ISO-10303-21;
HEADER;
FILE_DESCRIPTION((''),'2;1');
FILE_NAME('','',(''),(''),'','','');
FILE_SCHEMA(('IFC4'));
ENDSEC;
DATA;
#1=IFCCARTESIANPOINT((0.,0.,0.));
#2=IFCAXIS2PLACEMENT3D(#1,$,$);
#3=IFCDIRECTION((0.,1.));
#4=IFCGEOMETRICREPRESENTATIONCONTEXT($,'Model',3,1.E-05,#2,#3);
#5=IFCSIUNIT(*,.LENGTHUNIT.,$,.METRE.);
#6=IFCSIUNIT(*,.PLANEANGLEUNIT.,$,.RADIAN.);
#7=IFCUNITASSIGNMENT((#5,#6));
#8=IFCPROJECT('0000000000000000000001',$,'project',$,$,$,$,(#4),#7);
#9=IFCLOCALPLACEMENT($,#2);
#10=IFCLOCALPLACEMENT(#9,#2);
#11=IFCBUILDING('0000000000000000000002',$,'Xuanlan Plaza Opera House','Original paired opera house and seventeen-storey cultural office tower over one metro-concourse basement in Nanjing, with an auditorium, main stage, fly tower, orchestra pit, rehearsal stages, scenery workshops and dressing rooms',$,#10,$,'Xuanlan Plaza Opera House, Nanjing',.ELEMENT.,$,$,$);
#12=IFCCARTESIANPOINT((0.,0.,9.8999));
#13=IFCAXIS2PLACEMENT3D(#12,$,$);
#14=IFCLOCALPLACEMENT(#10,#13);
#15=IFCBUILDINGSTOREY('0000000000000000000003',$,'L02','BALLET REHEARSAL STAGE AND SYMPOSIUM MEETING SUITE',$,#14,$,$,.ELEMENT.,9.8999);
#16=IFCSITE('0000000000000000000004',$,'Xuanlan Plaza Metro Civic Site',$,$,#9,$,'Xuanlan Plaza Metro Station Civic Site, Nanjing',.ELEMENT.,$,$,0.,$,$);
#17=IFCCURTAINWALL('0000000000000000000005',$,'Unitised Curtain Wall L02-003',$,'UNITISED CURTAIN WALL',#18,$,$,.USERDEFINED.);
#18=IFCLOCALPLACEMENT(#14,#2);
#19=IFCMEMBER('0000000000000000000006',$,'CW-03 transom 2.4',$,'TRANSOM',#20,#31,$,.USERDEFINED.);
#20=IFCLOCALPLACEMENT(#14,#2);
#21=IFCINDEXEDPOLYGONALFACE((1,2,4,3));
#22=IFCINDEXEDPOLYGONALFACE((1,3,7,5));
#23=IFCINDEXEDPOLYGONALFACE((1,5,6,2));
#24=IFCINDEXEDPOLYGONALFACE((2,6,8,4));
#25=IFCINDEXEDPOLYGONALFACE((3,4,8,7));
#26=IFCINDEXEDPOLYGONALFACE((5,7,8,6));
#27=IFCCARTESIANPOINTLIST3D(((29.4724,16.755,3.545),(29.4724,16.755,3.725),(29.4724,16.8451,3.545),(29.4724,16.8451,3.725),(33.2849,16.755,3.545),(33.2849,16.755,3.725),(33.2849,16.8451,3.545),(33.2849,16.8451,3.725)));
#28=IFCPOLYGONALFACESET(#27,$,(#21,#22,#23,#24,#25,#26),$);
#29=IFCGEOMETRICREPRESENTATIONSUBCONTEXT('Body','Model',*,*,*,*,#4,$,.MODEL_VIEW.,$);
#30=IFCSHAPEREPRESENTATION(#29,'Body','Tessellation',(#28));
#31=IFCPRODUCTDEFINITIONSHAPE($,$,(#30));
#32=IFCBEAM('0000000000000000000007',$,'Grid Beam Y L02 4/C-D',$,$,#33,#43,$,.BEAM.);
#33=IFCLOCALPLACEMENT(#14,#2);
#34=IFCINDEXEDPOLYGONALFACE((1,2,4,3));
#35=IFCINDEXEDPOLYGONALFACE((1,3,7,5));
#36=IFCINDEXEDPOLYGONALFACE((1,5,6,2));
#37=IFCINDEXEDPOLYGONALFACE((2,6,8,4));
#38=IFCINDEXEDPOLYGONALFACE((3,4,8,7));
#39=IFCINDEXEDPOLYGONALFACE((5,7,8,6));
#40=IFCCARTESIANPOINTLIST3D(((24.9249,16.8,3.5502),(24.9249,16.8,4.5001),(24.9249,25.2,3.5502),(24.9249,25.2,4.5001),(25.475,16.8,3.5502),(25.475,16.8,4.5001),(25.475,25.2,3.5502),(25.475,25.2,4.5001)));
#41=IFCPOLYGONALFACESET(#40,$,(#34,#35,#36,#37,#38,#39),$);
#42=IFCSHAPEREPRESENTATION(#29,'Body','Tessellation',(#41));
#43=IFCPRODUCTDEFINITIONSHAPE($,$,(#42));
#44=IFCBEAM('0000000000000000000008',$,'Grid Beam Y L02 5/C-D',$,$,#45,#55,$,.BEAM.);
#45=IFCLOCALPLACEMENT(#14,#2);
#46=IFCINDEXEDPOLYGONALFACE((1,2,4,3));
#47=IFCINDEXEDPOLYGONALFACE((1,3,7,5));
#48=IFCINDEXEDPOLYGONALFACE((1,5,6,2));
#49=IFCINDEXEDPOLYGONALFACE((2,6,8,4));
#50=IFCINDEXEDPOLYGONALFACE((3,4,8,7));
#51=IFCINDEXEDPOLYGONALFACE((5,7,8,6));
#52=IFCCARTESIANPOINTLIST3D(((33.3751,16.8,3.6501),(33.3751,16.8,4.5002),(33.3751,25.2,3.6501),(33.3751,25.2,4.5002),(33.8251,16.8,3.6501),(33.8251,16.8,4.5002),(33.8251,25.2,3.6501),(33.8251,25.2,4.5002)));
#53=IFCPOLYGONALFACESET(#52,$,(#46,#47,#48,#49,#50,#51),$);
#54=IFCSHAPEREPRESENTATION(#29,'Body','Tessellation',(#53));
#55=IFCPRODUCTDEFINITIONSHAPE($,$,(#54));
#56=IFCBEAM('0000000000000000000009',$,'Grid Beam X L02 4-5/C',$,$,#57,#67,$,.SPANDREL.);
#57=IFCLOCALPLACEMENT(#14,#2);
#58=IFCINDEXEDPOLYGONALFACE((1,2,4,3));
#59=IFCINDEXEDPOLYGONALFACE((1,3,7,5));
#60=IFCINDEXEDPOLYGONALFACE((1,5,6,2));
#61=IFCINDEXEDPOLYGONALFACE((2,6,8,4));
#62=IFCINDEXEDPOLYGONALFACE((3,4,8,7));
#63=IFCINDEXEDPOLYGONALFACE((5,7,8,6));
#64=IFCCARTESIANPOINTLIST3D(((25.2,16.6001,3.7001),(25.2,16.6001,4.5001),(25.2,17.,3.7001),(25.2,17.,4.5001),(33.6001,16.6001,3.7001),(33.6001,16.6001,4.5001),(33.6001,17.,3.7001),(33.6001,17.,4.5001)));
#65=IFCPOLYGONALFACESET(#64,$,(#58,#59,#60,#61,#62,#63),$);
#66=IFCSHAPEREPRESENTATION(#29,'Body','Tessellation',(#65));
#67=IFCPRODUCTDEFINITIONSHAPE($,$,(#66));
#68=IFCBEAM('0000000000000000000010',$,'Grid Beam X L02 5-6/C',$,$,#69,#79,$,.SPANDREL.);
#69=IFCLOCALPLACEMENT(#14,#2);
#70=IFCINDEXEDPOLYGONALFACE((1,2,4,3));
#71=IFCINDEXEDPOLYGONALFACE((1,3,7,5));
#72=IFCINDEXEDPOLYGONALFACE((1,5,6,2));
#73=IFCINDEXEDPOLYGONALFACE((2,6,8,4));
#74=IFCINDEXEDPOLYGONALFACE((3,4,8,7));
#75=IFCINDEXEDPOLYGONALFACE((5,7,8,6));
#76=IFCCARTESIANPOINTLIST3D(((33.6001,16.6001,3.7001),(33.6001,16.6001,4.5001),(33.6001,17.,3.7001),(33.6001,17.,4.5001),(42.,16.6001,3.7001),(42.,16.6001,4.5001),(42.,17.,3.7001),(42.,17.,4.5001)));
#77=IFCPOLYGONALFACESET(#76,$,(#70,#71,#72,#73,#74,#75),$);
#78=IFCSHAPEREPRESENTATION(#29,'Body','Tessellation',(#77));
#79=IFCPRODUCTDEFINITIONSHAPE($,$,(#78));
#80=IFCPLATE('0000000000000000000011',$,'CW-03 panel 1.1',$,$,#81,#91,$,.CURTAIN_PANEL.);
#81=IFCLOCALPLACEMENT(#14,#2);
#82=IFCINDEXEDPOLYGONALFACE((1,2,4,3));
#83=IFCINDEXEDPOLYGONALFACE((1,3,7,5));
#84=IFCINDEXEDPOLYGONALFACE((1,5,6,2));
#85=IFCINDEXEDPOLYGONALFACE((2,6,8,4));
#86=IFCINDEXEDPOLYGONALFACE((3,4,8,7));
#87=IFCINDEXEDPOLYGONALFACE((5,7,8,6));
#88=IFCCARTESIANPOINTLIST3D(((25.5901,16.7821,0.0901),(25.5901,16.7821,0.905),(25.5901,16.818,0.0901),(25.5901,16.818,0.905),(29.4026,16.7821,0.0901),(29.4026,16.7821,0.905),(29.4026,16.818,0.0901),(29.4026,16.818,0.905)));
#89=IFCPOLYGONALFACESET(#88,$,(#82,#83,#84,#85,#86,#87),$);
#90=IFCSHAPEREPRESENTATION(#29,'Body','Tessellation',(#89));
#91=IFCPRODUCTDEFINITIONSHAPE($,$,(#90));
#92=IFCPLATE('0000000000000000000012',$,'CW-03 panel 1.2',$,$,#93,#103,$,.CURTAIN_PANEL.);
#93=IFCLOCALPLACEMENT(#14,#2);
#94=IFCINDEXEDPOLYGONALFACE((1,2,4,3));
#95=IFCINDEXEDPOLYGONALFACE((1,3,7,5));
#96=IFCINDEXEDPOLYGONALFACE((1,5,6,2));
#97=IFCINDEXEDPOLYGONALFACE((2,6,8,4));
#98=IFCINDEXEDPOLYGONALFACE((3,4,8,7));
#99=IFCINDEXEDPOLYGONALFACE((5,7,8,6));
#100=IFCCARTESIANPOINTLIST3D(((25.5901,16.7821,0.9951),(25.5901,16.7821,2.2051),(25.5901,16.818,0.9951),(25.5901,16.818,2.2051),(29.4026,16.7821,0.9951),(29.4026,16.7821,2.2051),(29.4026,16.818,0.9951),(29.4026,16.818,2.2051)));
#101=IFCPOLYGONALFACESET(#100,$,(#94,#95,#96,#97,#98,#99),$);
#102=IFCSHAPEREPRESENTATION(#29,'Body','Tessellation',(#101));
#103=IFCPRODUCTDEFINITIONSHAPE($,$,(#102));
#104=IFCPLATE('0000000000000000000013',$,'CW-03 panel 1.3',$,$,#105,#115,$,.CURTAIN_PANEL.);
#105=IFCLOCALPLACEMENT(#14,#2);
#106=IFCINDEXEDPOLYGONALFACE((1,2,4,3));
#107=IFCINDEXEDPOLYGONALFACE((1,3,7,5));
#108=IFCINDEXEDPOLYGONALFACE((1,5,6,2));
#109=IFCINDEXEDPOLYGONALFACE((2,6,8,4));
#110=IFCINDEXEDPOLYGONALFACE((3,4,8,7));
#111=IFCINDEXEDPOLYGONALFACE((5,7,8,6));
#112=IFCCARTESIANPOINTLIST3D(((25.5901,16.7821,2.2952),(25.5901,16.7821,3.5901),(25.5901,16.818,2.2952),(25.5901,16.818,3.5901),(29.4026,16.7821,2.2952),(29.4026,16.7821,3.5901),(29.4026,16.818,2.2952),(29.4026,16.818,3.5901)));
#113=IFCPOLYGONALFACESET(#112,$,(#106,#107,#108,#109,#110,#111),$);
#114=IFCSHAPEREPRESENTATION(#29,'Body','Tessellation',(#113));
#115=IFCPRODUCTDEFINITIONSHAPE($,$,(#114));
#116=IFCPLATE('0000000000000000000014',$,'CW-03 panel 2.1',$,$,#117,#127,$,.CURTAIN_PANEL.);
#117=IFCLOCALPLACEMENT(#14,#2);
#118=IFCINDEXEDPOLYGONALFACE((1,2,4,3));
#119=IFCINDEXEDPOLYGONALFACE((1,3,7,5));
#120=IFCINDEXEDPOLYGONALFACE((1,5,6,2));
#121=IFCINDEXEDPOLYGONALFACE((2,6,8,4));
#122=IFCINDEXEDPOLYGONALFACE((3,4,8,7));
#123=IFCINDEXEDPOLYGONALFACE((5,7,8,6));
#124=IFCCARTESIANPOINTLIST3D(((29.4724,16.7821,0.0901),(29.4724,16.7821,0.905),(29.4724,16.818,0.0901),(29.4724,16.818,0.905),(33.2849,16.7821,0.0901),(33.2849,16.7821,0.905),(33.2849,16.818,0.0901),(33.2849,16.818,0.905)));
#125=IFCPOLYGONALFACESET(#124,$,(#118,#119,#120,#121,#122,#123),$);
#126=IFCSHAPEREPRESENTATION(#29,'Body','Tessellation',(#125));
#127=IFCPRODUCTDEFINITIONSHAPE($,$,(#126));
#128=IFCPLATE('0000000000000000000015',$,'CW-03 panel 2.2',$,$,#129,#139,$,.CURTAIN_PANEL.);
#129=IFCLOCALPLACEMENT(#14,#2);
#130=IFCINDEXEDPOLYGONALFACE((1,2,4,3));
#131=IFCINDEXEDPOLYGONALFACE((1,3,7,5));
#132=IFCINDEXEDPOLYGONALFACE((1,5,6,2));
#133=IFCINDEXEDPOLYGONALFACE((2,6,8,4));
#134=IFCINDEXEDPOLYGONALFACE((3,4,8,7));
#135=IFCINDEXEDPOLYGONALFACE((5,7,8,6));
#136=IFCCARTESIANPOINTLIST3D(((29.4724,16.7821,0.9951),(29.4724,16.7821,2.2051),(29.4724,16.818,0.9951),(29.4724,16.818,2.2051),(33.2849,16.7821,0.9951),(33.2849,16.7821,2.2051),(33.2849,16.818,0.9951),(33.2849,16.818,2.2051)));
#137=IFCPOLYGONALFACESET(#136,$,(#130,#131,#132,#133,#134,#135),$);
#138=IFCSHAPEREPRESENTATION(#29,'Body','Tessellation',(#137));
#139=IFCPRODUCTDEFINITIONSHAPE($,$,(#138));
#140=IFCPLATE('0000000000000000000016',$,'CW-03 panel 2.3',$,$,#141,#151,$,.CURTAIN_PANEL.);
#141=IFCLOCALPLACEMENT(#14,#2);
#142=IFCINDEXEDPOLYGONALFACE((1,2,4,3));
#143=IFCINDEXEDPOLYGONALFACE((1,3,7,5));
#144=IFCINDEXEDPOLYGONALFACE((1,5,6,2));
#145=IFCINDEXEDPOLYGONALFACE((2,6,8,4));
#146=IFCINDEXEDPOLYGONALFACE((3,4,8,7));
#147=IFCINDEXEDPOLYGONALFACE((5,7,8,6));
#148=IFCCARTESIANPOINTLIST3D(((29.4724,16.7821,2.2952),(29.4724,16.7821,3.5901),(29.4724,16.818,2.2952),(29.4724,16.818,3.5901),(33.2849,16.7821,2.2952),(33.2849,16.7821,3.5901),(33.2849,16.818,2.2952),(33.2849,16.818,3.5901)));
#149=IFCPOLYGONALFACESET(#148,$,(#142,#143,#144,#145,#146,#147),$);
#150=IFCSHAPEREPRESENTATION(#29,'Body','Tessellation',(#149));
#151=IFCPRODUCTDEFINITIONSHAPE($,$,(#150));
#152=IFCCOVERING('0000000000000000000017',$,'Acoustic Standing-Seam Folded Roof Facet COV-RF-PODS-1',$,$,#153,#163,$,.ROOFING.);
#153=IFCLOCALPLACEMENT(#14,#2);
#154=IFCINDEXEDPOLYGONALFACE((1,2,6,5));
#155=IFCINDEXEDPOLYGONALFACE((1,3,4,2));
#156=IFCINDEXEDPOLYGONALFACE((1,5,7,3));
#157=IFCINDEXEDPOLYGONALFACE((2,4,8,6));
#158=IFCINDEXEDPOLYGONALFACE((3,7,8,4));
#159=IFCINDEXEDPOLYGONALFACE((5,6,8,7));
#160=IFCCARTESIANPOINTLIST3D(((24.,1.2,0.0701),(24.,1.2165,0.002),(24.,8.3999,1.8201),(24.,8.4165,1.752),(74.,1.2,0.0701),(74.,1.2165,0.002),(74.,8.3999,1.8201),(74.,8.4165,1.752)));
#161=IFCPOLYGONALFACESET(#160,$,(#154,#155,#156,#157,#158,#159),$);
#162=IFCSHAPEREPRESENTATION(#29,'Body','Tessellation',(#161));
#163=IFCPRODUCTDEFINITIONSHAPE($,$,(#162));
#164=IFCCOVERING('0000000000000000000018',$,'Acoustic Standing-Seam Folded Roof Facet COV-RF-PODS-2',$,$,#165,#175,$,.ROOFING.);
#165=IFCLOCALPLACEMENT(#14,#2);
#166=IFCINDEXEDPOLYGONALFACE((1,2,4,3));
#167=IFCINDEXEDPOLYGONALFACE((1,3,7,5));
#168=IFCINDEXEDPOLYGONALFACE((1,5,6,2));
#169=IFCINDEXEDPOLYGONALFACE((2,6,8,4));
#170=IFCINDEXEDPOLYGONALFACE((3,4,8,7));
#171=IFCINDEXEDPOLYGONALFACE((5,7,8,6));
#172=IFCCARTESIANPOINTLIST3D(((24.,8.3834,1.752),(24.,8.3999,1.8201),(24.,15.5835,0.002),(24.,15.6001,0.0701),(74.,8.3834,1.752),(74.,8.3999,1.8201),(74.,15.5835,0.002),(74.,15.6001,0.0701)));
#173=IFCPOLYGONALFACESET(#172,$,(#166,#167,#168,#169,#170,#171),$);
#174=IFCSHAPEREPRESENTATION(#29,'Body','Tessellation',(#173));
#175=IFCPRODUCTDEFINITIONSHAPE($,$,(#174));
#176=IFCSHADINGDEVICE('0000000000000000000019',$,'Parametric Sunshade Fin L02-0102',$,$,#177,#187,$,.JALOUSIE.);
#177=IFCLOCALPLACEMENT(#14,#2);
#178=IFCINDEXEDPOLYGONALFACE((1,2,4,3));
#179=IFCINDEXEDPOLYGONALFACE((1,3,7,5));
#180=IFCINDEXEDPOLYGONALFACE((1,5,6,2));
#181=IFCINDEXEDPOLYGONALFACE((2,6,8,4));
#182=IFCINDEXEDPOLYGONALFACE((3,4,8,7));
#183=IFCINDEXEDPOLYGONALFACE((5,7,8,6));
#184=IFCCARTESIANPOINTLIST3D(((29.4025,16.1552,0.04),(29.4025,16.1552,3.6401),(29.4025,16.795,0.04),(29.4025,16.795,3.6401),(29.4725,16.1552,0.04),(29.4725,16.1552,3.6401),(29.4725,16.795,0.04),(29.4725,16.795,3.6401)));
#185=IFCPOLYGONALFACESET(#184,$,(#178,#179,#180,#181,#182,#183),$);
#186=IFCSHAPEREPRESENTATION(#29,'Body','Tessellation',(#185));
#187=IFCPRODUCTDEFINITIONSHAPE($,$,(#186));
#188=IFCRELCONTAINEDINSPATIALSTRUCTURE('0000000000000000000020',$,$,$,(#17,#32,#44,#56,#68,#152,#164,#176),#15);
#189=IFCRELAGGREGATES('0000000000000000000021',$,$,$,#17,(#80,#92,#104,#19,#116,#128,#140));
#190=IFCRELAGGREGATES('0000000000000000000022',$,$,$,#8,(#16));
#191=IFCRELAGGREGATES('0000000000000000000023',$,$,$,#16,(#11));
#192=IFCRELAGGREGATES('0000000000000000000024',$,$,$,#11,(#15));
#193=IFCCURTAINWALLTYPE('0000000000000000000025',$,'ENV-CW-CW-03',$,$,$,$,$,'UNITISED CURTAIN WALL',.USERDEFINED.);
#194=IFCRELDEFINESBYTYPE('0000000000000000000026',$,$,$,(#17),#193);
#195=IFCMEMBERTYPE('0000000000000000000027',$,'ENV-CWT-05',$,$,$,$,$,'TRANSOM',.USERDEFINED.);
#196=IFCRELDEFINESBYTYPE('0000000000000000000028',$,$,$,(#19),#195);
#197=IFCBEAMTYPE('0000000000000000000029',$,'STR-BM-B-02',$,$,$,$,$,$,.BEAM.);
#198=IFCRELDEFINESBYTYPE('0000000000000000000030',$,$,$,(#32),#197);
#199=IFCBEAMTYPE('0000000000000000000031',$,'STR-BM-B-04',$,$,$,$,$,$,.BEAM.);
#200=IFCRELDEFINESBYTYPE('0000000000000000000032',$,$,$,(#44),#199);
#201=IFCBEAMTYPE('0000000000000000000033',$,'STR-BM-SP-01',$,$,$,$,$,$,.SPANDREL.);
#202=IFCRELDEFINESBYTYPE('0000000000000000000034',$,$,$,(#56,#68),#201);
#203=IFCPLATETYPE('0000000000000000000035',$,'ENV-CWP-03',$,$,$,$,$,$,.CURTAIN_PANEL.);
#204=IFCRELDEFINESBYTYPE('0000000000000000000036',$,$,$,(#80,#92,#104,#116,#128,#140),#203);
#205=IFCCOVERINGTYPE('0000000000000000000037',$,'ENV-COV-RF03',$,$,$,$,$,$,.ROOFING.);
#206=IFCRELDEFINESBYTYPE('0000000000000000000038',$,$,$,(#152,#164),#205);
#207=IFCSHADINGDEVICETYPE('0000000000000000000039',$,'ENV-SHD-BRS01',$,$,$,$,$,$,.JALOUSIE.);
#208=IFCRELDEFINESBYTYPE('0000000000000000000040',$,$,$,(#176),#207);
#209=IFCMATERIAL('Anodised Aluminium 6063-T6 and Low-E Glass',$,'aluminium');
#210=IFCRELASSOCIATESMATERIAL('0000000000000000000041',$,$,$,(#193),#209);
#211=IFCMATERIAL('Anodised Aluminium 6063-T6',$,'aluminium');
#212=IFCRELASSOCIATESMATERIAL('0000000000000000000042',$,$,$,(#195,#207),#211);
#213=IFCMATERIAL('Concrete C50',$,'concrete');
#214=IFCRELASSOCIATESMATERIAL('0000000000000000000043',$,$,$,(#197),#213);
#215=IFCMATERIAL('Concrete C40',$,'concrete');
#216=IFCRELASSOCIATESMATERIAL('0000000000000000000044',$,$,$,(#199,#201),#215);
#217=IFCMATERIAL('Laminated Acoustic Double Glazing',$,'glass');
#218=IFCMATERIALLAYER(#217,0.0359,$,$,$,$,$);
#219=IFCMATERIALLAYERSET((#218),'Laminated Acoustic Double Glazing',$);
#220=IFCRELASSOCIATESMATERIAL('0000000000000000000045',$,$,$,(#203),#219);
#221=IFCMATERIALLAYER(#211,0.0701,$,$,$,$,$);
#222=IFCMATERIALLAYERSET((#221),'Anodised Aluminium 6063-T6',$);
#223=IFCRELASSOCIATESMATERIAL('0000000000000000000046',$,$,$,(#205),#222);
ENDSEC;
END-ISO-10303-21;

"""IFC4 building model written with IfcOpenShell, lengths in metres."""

from ifc_helpers import new_model, si_unit, direction, frame, origin, origin_2d, place, context, subcontext, project, spatial, polyline, rectangle, outline, extrude, material, layer, layer_set, material_profile, profile_set, type_object, element, aggregate, save


model = new_model("IFC4")

# Units and contexts
model_context = context("Model", 3, precision=1e-05, world=origin(), true_north=direction((0.0, 1.0)))
body_context = subcontext(model_context, "Body", "Model", "MODEL_VIEW")
ifc_project = project(units=[si_unit("LENGTHUNIT", "METRE"), si_unit("PLANEANGLEUNIT", "RADIAN")], contexts=[model_context])

# Site, building, storey
site_placement = place(None, origin())
site = spatial("IfcSite", under=ifc_project, at=site_placement, Name="Xuanlan Plaza Metro Civic Site", LongName="Xuanlan Plaza Metro Station Civic Site, Nanjing", CompositionType="ELEMENT", RefElevation=0.0)
building_placement = place(site_placement, origin())
building = spatial("IfcBuilding", under=site, at=building_placement, Name="Xuanlan Plaza Opera House", Description="Original paired opera house and seventeen-storey cultural office tower over one metro-concourse basement in Nanjing, with an auditorium, main stage, fly tower, orchestra pit, rehearsal stages, scenery workshops and dressing rooms", LongName="Xuanlan Plaza Opera House, Nanjing", CompositionType="ELEMENT")
storey_placement = place(building_placement, frame((0.0, 0.0, 9.8999)))
storey = spatial("IfcBuildingStorey", under=building, at=storey_placement, Name="L02", Description="BALLET REHEARSAL STAGE AND SYMPOSIUM MEETING SUITE", CompositionType="ELEMENT", Elevation=9.8999)

# Shared definitions
ifc_material_1 = material(Name="Concrete C40", Category="concrete")

# Shared definitions
ifc_material_2 = material(Name="Anodised Aluminium 6063-T6 and Low-E Glass", Category="aluminium")
ifc_material_3 = material(Name="Anodised Aluminium 6063-T6", Category="aluminium")

# Curtain wall
curtain_wall_type_1 = type_object("IfcCurtainWallType", Name="ENV-CW-CW-03", ElementType="UNITISED CURTAIN WALL", PredefinedType="USERDEFINED", material=ifc_material_2)
curtain_wall_1_placement = place(storey_placement, origin())
curtain_wall_1 = element("IfcCurtainWall", 1, at=curtain_wall_1_placement, inside=storey, type_object=curtain_wall_type_1, Name="Unitised Curtain Wall L02-003", ObjectType="UNITISED CURTAIN WALL", PredefinedType="USERDEFINED")

# Member
ifc_material_profile_1 = material_profile(ifc_material_3, rectangle(XDim=0.0901, YDim=0.1799, at=origin_2d()), Name="ALU-T 90x180")
ifc_profile_set_1 = profile_set([ifc_material_profile_1], Name="Anodised Aluminium 6063-T6")
member_type_1 = type_object("IfcMemberType", Name="ENV-CWT-05", ElementType="TRANSOM", PredefinedType="USERDEFINED", material=ifc_profile_set_1)
member_1_placement = place(storey_placement, frame((29.4724, 16.8, 3.635), z_axis=(1.0, 0.0, 0.0), x_axis=(0.0, 1.0, 0.0)))
member_1 = element("IfcMember", 2, at=member_1_placement, type_object=member_type_1, Name="CW-03 transom 2.4", ObjectType="TRANSOM", PredefinedType="USERDEFINED", context=body_context, shape_type="SweptSolid", body=[
    extrude(rectangle(XDim=0.0901, YDim=0.1799, at=origin_2d()), origin(), (0.0, 0.0, 1.0), 3.8125),
])

# Beams
ifc_material_4 = material(Name="Concrete C50", Category="concrete")
ifc_material_profile_2 = material_profile(ifc_material_4, rectangle(XDim=0.55, YDim=0.95, at=origin_2d()), Name="RC-BM 550x950")
ifc_profile_set_2 = profile_set([ifc_material_profile_2], Name="Concrete C50")
beam_type_1 = type_object("IfcBeamType", Name="STR-BM-B-02", PredefinedType="BEAM", material=ifc_profile_set_2)
beam_1_placement = place(storey_placement, frame((25.2, 16.8, 4.0251), z_axis=(0.0, 1.0, 0.0), x_axis=(-1.0, 0.0, 0.0)))
element("IfcBeam", 3, at=beam_1_placement, inside=storey, type_object=beam_type_1, Name="Grid Beam Y L02 4/C-D", PredefinedType="BEAM", context=body_context, shape_type="SweptSolid", body=[
    extrude(rectangle(XDim=0.55, YDim=0.95, at=origin_2d()), origin(), (0.0, 0.0, 1.0), 8.3999),
])
ifc_material_profile_3 = material_profile(ifc_material_1, rectangle(XDim=0.45, YDim=0.8501, at=origin_2d()), Name="RC-BM 450x850")
ifc_profile_set_3 = profile_set([ifc_material_profile_3], Name="Concrete C40")
beam_type_2 = type_object("IfcBeamType", Name="STR-BM-B-04", PredefinedType="BEAM", material=ifc_profile_set_3)
beam_2_placement = place(storey_placement, frame((33.6001, 16.8, 4.0752), z_axis=(0.0, 1.0, 0.0), x_axis=(-1.0, 0.0, 0.0)))
element("IfcBeam", 4, at=beam_2_placement, inside=storey, type_object=beam_type_2, Name="Grid Beam Y L02 5/C-D", PredefinedType="BEAM", context=body_context, shape_type="SweptSolid", body=[
    extrude(rectangle(XDim=0.45, YDim=0.8501, at=origin_2d()), origin(), (0.0, 0.0, 1.0), 8.3999),
])
ifc_material_profile_4 = material_profile(ifc_material_1, rectangle(XDim=0.3999, YDim=0.8, at=origin_2d()), Name="RC-SPD 400x800")
ifc_profile_set_4 = profile_set([ifc_material_profile_4], Name="Concrete C40")
beam_type_3 = type_object("IfcBeamType", Name="STR-BM-SP-01", PredefinedType="SPANDREL", material=ifc_profile_set_4)
beam_3_placement = place(storey_placement, frame((25.2, 16.8, 4.1001), z_axis=(1.0, 0.0, 0.0), x_axis=(0.0, 1.0, 0.0)))
element("IfcBeam", 5, at=beam_3_placement, inside=storey, type_object=beam_type_3, Name="Grid Beam X L02 4-5/C", PredefinedType="SPANDREL", context=body_context, shape_type="SweptSolid", body=[
    extrude(rectangle(XDim=0.3999, YDim=0.8, at=origin_2d()), origin(), (0.0, 0.0, 1.0), 8.4001),
])
beam_4_placement = place(storey_placement, frame((33.6001, 16.8, 4.1001), z_axis=(1.0, 0.0, 0.0), x_axis=(0.0, 1.0, 0.0)))
element("IfcBeam", 6, at=beam_4_placement, inside=storey, type_object=beam_type_3, Name="Grid Beam X L02 5-6/C", PredefinedType="SPANDREL", context=body_context, shape_type="SweptSolid", body=[
    extrude(rectangle(XDim=0.3999, YDim=0.8, at=origin_2d()), origin(), (0.0, 0.0, 1.0), 8.3999),
])

# Plates
ifc_material_5 = material(Name="Laminated Acoustic Double Glazing", Category="glass")
ifc_layer_1 = layer(ifc_material_5, 0.0359)
ifc_layer_set_1 = layer_set([ifc_layer_1], Name="Laminated Acoustic Double Glazing")
plate_type = type_object("IfcPlateType", Name="ENV-CWP-03", PredefinedType="CURTAIN_PANEL", material=ifc_layer_set_1)
plate_1_placement = place(storey_placement, frame((27.4963, 16.8, 0.0901), z_axis=(0.0, 0.0, 1.0), x_axis=(1.0, 0.0, 0.0)))
plate_1 = element("IfcPlate", 7, at=plate_1_placement, type_object=plate_type, Name="CW-03 panel 1.1", PredefinedType="CURTAIN_PANEL", context=body_context, shape_type="SweptSolid", body=[
    extrude(rectangle(XDim=3.8125, YDim=0.0359, at=origin_2d()), origin(), (0.0, 0.0, 1.0), 0.8149),
])
plate_2_placement = place(storey_placement, frame((27.4963, 16.8, 0.9951), z_axis=(0.0, 0.0, 1.0), x_axis=(1.0, 0.0, 0.0)))
plate_2 = element("IfcPlate", 8, at=plate_2_placement, type_object=plate_type, Name="CW-03 panel 1.2", PredefinedType="CURTAIN_PANEL", context=body_context, shape_type="SweptSolid", body=[
    extrude(rectangle(XDim=3.8125, YDim=0.0359, at=origin_2d()), origin(), (0.0, 0.0, 1.0), 1.21),
])
plate_3_placement = place(storey_placement, frame((27.4963, 16.8, 2.2952), z_axis=(0.0, 0.0, 1.0), x_axis=(1.0, 0.0, 0.0)))
plate_3 = element("IfcPlate", 9, at=plate_3_placement, type_object=plate_type, Name="CW-03 panel 1.3", PredefinedType="CURTAIN_PANEL", context=body_context, shape_type="SweptSolid", body=[
    extrude(rectangle(XDim=3.8125, YDim=0.0359, at=origin_2d()), origin(), (0.0, 0.0, 1.0), 1.2949),
])
plate_4_placement = place(storey_placement, frame((31.3787, 16.8, 0.0901), z_axis=(0.0, 0.0, 1.0), x_axis=(1.0, 0.0, 0.0)))
plate_4 = element("IfcPlate", 10, at=plate_4_placement, type_object=plate_type, Name="CW-03 panel 2.1", PredefinedType="CURTAIN_PANEL", context=body_context, shape_type="SweptSolid", body=[
    extrude(rectangle(XDim=3.8125, YDim=0.0359, at=origin_2d()), origin(), (0.0, 0.0, 1.0), 0.8149),
])
plate_5_placement = place(storey_placement, frame((31.3787, 16.8, 0.9951), z_axis=(0.0, 0.0, 1.0), x_axis=(1.0, 0.0, 0.0)))
plate_5 = element("IfcPlate", 11, at=plate_5_placement, type_object=plate_type, Name="CW-03 panel 2.2", PredefinedType="CURTAIN_PANEL", context=body_context, shape_type="SweptSolid", body=[
    extrude(rectangle(XDim=3.8125, YDim=0.0359, at=origin_2d()), origin(), (0.0, 0.0, 1.0), 1.21),
])
plate_6_placement = place(storey_placement, frame((31.3787, 16.8, 2.2952), z_axis=(0.0, 0.0, 1.0), x_axis=(1.0, 0.0, 0.0)))
plate_6 = element("IfcPlate", 12, at=plate_6_placement, type_object=plate_type, Name="CW-03 panel 2.3", PredefinedType="CURTAIN_PANEL", context=body_context, shape_type="SweptSolid", body=[
    extrude(rectangle(XDim=3.8125, YDim=0.0359, at=origin_2d()), origin(), (0.0, 0.0, 1.0), 1.2949),
])
aggregate(curtain_wall_1, [plate_1, plate_2, plate_3, member_1, plate_4, plate_5, plate_6])

# Coverings
ifc_layer_2 = layer(ifc_material_3, 0.0701)
ifc_layer_set_2 = layer_set([ifc_layer_2], Name="Anodised Aluminium 6063-T6")
covering_type = type_object("IfcCoveringType", Name="ENV-COV-RF03", PredefinedType="ROOFING", material=ifc_layer_set_2)
covering_1_placement = place(storey_placement, frame((24.0, 1.2, 0.0701), z_axis=(0.0, -0.236181, 0.971709), x_axis=(1.0, 0.0, 0.0)))
element("IfcCovering", 13, at=covering_1_placement, inside=storey, type_object=covering_type, Name="Acoustic Standing-Seam Folded Roof Facet COV-RF-PODS-1", PredefinedType="ROOFING", context=body_context, shape_type="SweptSolid", body=[
    extrude(outline(polyline([(0.0, 0.0), (50.0, 0.0), (50.0, 7.4096), (0.0, 7.4096), (0.0, 0.0)])), origin(), (0.0, 0.0, -1.0), 0.0701),
])
covering_2_placement = place(storey_placement, frame((24.0, 8.3999, 1.8201), z_axis=(0.0, 0.236173, 0.971711), x_axis=(1.0, 0.0, 0.0)))
element("IfcCovering", 14, at=covering_2_placement, inside=storey, type_object=covering_type, Name="Acoustic Standing-Seam Folded Roof Facet COV-RF-PODS-2", PredefinedType="ROOFING", context=body_context, shape_type="SweptSolid", body=[
    extrude(outline(polyline([(0.0, 0.0), (50.0, 0.0), (50.0, 7.4098), (0.0, 7.4098), (0.0, 0.0)])), origin(), (0.0, 0.0, -1.0), 0.0701),
])

# Shading device
shading_device_type = type_object("IfcShadingDeviceType", Name="ENV-SHD-BRS01", PredefinedType="JALOUSIE", material=ifc_material_3)
for number, where, z_axis, x_axis, name in (
    (15, (29.4375, 16.4751, 0.04), (0.0, 0.0, 1.0), (0.0, -1.0, 0.0), "Parametric Sunshade Fin L02-0102"),
):
    element("IfcShadingDevice", number, at=place(storey_placement, frame(where, z_axis=z_axis, x_axis=x_axis)), inside=storey, type_object=shading_device_type, Name=name, PredefinedType="JALOUSIE", context=body_context, shape_type="SweptSolid", body=[
        extrude(rectangle(XDim=0.6399, YDim=0.0701, at=origin_2d()), origin(), (0.0, 0.0, 1.0), 3.6001),
    ])

save(model, "model.ifc")
